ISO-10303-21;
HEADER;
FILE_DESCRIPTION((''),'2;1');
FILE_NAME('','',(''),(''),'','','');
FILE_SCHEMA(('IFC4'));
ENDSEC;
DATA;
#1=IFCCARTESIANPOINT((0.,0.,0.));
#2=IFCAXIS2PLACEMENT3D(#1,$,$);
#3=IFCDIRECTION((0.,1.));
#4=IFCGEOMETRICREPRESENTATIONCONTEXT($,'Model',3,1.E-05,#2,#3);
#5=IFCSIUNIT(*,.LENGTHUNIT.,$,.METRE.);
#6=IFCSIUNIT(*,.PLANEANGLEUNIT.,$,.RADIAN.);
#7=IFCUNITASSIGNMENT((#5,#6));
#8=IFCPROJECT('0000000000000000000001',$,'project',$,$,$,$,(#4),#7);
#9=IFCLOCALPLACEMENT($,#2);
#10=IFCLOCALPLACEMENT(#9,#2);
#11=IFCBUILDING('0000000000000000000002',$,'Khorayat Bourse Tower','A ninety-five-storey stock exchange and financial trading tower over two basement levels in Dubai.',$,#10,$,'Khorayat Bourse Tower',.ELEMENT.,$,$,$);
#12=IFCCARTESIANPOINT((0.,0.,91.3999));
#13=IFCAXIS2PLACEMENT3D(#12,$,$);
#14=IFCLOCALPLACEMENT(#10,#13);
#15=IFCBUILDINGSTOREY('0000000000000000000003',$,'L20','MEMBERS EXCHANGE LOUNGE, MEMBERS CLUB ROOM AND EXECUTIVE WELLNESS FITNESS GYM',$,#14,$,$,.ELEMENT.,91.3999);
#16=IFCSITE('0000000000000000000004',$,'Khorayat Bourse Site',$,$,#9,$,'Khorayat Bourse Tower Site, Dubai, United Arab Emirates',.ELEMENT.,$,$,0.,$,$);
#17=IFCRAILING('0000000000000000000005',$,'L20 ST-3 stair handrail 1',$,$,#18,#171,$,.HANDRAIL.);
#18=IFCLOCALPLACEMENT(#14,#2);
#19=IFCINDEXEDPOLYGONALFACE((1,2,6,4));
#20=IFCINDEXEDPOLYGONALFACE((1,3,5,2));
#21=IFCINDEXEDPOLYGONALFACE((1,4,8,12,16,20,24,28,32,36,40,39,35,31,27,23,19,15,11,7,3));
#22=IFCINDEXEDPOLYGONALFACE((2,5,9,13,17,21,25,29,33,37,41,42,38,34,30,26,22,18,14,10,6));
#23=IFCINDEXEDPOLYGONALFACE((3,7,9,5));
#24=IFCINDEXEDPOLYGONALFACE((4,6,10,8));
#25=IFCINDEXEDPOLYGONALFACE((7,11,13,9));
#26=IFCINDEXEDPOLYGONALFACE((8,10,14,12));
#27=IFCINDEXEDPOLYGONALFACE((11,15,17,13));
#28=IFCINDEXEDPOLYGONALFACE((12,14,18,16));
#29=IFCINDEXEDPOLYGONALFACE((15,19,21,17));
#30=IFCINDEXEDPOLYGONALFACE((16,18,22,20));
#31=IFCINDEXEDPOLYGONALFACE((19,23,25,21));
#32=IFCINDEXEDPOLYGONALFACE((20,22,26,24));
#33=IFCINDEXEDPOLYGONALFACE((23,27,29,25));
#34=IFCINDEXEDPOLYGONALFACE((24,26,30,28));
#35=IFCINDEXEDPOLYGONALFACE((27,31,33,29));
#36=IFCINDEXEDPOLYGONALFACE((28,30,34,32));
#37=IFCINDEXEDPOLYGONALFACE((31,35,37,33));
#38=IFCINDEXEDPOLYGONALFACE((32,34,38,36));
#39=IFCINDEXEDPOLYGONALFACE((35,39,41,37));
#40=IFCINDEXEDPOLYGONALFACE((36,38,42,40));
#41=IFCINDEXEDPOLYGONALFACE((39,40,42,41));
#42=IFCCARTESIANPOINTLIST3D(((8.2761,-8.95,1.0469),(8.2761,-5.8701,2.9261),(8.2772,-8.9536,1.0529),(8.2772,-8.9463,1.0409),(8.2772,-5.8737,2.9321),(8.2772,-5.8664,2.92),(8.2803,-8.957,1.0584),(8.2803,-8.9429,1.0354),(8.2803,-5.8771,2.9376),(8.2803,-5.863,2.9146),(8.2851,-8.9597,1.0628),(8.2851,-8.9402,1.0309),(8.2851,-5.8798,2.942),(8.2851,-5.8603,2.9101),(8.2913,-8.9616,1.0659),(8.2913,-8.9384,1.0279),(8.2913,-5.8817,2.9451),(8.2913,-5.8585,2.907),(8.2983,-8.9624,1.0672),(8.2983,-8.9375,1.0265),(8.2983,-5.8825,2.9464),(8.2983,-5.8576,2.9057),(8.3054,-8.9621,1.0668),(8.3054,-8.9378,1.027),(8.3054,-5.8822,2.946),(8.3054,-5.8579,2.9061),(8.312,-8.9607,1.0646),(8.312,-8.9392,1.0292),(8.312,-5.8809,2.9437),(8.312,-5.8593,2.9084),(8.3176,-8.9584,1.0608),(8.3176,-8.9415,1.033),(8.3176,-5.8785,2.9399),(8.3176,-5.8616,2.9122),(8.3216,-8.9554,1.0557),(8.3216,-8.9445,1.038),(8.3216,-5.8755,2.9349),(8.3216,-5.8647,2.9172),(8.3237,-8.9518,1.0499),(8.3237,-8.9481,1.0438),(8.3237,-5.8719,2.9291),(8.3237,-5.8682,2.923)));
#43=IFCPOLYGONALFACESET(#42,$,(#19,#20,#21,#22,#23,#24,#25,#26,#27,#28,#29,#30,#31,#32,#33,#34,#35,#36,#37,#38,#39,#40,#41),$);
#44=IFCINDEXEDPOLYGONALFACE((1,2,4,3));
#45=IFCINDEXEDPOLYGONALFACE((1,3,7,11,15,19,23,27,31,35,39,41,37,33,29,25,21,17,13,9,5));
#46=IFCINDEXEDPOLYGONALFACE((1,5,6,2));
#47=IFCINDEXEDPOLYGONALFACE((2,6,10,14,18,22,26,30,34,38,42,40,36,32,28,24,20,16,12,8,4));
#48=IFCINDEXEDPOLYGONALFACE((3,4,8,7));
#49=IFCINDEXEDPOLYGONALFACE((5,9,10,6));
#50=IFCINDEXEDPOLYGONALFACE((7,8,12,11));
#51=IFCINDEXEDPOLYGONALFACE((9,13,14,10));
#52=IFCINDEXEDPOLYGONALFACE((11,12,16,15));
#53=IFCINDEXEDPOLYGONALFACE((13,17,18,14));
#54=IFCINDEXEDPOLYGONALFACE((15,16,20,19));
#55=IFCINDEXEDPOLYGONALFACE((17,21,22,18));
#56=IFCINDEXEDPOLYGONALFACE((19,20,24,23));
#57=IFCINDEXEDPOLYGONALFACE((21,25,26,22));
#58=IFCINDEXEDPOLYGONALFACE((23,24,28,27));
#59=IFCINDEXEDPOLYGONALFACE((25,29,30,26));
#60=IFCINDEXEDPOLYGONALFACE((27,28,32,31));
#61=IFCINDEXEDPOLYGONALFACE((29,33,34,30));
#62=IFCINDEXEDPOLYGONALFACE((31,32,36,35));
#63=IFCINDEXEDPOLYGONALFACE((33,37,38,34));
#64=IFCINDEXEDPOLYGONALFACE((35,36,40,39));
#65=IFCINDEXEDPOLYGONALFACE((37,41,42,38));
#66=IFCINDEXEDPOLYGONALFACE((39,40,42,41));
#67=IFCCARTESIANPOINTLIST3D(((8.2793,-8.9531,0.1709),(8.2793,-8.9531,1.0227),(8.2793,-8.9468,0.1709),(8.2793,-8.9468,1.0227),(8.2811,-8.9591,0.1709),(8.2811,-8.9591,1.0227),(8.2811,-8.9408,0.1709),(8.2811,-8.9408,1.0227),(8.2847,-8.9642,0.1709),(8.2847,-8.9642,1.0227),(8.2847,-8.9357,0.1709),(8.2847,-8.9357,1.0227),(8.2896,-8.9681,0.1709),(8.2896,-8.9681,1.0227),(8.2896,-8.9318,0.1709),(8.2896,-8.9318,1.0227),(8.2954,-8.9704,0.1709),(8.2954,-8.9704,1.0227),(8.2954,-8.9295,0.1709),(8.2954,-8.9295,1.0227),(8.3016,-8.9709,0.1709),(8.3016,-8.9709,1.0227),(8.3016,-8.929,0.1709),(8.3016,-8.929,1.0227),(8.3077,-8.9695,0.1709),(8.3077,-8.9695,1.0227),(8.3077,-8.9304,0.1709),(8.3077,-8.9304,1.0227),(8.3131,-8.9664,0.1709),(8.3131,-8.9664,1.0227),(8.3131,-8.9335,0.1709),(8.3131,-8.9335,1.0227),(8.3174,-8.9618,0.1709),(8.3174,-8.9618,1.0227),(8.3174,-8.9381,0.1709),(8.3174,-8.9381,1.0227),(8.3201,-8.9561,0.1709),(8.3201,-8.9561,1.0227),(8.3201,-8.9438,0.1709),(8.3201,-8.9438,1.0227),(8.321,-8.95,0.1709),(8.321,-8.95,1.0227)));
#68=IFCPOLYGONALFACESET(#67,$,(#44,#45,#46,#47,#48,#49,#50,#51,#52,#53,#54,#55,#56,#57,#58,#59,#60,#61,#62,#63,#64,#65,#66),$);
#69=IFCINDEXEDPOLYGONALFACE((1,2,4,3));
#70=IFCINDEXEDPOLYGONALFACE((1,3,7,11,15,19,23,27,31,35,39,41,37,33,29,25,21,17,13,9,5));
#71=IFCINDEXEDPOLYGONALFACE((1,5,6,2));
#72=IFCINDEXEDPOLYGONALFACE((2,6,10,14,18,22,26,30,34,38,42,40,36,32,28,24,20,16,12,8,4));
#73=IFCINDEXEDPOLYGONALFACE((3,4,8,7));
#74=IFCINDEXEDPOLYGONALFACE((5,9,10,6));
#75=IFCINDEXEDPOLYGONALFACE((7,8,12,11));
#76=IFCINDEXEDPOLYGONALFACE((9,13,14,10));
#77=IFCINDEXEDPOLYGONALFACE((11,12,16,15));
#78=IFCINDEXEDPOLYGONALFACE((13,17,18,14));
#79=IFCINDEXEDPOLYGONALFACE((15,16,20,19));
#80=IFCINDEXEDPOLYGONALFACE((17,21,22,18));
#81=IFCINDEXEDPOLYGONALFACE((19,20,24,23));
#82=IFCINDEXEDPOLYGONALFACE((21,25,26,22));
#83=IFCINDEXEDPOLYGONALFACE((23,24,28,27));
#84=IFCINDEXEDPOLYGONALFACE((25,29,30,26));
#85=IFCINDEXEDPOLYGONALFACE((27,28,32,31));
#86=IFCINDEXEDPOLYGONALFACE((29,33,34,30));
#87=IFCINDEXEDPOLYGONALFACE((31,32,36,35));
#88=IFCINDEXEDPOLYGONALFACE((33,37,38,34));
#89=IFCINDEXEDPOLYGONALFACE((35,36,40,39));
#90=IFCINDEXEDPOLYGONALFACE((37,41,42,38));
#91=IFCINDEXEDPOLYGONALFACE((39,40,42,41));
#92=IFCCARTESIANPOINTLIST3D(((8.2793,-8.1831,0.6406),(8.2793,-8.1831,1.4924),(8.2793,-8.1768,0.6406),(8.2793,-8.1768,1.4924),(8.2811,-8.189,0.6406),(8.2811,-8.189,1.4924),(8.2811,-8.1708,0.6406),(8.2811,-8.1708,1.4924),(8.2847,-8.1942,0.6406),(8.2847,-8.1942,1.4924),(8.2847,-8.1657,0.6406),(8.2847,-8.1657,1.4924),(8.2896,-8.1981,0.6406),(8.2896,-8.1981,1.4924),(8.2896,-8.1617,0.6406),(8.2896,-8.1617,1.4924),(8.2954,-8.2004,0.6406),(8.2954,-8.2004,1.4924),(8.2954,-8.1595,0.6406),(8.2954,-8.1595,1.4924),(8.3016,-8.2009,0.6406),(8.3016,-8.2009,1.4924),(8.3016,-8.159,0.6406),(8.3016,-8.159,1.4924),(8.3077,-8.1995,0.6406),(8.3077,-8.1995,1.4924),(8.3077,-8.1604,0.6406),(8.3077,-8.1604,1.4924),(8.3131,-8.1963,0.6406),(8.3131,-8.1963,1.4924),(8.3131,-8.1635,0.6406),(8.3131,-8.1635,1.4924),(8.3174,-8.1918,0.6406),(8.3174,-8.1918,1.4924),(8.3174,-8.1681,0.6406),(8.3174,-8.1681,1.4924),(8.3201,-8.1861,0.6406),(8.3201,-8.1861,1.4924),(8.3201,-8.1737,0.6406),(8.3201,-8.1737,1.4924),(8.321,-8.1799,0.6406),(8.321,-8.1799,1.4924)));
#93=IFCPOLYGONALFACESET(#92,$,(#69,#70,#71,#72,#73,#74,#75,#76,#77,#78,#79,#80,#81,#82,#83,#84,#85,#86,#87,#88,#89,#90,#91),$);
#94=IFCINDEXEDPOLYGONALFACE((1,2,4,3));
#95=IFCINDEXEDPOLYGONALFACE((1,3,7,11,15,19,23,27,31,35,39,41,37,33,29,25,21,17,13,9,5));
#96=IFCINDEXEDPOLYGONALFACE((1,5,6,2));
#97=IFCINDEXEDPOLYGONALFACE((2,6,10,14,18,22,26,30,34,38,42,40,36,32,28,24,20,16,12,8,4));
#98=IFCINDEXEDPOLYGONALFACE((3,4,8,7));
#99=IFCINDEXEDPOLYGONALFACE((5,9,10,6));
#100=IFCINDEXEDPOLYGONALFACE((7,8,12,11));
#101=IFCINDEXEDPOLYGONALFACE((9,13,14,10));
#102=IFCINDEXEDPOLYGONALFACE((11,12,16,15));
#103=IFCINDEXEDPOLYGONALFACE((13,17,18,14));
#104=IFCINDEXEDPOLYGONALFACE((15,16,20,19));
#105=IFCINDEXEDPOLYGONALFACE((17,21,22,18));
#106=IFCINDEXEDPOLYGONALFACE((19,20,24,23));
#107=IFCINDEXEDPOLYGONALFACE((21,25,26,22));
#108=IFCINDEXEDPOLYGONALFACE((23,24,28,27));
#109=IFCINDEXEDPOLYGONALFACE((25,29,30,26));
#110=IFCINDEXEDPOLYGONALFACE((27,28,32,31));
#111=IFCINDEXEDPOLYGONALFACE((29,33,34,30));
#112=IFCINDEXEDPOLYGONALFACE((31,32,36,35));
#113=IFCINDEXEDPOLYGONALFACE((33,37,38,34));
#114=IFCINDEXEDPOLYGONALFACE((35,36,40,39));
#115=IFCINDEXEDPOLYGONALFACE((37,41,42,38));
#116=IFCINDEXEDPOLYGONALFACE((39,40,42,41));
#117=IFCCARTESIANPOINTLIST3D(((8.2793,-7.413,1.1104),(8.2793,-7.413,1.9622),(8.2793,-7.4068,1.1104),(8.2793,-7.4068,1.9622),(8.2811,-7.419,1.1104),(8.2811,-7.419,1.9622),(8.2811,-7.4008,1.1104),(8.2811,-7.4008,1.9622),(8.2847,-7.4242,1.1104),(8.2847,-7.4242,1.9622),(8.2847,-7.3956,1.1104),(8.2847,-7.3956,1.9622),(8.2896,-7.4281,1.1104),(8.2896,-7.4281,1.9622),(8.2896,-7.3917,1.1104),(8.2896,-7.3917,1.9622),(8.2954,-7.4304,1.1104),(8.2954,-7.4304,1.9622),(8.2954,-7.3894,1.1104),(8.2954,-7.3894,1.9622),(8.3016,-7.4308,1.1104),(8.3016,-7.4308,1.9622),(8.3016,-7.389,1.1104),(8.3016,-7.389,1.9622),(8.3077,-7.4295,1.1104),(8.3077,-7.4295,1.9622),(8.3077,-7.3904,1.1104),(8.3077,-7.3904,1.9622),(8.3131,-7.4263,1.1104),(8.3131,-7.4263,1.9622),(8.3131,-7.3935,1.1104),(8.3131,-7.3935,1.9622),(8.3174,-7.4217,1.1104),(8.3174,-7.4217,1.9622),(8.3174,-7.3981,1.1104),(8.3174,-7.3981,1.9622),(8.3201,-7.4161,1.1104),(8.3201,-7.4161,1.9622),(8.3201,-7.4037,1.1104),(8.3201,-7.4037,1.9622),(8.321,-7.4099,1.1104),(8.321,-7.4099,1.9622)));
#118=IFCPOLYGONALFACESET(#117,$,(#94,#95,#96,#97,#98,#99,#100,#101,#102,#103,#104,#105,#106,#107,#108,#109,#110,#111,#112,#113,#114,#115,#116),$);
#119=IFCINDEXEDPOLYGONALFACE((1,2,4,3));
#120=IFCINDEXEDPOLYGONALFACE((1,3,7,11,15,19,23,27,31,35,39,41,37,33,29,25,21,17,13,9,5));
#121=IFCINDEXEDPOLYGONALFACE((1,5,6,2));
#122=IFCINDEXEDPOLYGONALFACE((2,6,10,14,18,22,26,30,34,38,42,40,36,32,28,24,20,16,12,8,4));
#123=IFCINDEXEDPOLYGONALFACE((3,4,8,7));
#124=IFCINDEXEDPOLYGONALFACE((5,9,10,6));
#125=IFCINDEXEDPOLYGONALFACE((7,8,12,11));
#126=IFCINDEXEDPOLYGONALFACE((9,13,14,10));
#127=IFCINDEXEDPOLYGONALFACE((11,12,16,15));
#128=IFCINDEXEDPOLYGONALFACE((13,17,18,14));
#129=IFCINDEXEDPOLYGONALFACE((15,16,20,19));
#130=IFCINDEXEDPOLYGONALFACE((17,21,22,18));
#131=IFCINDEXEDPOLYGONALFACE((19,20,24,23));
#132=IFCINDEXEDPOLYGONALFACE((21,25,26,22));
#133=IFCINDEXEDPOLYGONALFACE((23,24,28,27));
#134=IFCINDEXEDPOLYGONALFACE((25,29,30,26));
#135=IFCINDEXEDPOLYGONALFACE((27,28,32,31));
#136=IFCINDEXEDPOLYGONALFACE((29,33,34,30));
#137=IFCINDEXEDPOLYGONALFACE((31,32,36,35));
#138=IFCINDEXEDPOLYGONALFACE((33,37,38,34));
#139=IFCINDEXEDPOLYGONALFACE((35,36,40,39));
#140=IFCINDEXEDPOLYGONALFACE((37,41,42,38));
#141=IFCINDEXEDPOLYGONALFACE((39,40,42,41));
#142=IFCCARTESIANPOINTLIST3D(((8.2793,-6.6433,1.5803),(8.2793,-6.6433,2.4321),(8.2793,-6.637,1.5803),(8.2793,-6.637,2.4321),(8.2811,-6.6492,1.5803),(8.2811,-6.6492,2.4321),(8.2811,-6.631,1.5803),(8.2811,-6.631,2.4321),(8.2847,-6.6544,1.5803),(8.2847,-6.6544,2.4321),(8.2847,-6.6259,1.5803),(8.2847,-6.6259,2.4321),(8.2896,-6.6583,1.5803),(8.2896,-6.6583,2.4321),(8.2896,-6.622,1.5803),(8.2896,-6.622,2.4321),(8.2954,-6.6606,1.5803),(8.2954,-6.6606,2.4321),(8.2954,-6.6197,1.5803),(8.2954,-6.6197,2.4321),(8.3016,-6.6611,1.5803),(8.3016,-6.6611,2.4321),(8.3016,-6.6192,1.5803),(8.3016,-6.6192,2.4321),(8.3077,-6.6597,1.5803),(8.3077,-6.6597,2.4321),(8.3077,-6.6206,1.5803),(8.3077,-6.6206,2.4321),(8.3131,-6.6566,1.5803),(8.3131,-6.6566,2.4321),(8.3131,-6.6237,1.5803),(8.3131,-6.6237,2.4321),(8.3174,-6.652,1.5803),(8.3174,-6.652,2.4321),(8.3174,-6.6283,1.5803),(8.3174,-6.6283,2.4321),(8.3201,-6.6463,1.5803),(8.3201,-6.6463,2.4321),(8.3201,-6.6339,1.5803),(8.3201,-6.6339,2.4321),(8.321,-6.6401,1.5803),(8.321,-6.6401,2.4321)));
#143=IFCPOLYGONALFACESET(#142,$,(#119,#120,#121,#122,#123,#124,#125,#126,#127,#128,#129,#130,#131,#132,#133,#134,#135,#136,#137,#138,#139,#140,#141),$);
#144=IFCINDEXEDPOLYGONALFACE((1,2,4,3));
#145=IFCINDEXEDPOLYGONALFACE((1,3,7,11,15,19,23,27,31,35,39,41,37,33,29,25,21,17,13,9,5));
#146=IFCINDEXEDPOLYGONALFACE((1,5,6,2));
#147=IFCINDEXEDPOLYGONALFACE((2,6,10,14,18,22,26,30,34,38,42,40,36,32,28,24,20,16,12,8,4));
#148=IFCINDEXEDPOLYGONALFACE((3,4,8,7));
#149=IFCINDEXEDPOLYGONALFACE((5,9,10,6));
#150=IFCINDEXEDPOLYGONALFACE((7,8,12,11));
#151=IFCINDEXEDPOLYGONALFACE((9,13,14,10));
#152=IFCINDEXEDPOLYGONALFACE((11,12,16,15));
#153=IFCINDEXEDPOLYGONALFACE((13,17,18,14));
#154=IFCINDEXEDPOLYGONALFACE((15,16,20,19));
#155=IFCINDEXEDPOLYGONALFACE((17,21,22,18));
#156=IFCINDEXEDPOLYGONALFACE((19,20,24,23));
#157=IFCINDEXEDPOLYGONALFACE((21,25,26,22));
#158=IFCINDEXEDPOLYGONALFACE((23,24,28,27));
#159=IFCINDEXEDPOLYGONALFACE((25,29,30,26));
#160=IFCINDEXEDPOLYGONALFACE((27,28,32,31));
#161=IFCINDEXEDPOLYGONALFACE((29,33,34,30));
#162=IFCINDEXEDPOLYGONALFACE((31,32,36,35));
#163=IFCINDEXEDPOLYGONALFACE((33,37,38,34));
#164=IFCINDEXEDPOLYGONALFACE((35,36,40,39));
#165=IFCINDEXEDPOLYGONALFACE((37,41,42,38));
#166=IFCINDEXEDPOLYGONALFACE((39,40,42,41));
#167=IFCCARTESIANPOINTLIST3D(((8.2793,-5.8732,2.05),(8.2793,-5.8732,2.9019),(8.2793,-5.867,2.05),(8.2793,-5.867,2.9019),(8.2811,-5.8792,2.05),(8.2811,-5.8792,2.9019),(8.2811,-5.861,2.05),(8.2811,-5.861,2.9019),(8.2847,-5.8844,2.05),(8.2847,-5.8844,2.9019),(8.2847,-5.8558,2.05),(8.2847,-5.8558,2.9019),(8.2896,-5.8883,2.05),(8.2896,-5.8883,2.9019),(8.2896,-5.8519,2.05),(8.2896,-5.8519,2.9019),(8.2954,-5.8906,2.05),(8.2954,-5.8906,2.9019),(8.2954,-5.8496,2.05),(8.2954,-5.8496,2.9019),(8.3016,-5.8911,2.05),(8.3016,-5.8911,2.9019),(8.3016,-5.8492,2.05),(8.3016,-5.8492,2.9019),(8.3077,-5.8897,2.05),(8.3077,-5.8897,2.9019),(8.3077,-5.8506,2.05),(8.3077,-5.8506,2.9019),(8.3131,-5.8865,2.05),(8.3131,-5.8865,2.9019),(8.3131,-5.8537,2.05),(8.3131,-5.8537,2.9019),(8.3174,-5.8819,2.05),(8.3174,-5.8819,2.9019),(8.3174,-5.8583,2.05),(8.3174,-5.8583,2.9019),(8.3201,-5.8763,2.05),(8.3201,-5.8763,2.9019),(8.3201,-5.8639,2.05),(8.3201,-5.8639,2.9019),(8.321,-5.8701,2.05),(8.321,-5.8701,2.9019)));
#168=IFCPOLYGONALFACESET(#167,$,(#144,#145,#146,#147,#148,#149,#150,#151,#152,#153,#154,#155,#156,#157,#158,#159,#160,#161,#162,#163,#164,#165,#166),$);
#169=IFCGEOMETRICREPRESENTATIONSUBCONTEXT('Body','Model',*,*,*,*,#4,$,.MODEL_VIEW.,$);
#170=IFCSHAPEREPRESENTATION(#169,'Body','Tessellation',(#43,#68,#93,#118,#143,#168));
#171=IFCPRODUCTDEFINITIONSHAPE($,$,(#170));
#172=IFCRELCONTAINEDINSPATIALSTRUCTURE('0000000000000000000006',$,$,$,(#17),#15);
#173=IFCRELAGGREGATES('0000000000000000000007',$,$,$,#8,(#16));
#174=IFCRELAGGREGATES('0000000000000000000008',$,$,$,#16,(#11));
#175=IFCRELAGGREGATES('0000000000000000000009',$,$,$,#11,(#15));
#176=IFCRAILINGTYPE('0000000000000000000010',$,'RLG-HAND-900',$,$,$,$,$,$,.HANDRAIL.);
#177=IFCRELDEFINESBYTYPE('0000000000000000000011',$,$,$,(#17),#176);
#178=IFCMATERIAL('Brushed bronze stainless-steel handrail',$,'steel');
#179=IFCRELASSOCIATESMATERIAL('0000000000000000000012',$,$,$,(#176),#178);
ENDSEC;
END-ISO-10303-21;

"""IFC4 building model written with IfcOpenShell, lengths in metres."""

from ifc_helpers import new_model, si_unit, direction, frame, origin, origin_2d, place, context, subcontext, project, spatial, circle, extrude, source, transform, mapped, material, type_object, element, save


model = new_model("IFC4")

# Units and contexts
model_context = context("Model", 3, precision=1e-05, world=origin(), true_north=direction((0.0, 1.0)))
body_context = subcontext(model_context, "Body", "Model", "MODEL_VIEW")
ifc_project = project(units=[si_unit("LENGTHUNIT", "METRE"), si_unit("PLANEANGLEUNIT", "RADIAN")], contexts=[model_context])

# Site, building, storey
site_placement = place(None, origin())
site = spatial("IfcSite", under=ifc_project, at=site_placement, Name="Khorayat Bourse Site", LongName="Khorayat Bourse Tower Site, Dubai, United Arab Emirates", CompositionType="ELEMENT", RefElevation=0.0)
building_placement = place(site_placement, origin())
building = spatial("IfcBuilding", under=site, at=building_placement, Name="Khorayat Bourse Tower", Description="A ninety-five-storey stock exchange and financial trading tower over two basement levels in Dubai.", LongName="Khorayat Bourse Tower", CompositionType="ELEMENT")
storey_placement = place(building_placement, frame((0.0, 0.0, 91.3999)))
storey = spatial("IfcBuildingStorey", under=building, at=storey_placement, Name="L20", Description="MEMBERS EXCHANGE LOUNGE, MEMBERS CLUB ROOM AND EXECUTIVE WELLNESS FITNESS GYM", CompositionType="ELEMENT", Elevation=91.3999)

# Railing
ifc_material_1 = material(Name="Brushed bronze stainless-steel handrail", Category="steel")
railing_type_1 = type_object("IfcRailingType", Name="RLG-HAND-900", PredefinedType="HANDRAIL", material=ifc_material_1)
shared_shape_1 = source(origin(), body_context, "Body", "SweptSolid", [
    extrude(circle(Radius=0.0239, at=origin_2d()), frame((0.0, 0.0, 0.876), z_axis=(0.0, 0.853648, 0.52085), x_axis=(-1.0, 0.0, 0.0)), (0.0, 0.0, 1.0), 3.6079),
    extrude(circle(Radius=0.021, at=origin_2d()), origin(), (0.0, 0.0, 1.0), 0.8518),
    extrude(circle(Radius=0.021, at=origin_2d()), frame((0.0, 0.77, 0.4697)), (0.0, 0.0, 1.0), 0.8518),
    extrude(circle(Radius=0.021, at=origin_2d()), frame((0.0, 1.54, 0.9395)), (0.0, 0.0, 1.0), 0.8518),
    extrude(circle(Radius=0.021, at=origin_2d()), frame((0.0, 2.3098, 1.4094)), (0.0, 0.0, 1.0), 0.8518),
    extrude(circle(Radius=0.021, at=origin_2d()), frame((0.0, 3.0798, 1.8792)), (0.0, 0.0, 1.0), 0.8518),
])
railing_1_placement = place(storey_placement, frame((8.3, -8.95, 0.1709)))
element("IfcRailing", 1, at=railing_1_placement, inside=storey, type_object=railing_type_1, Name="L20 ST-3 stair handrail 1", PredefinedType="HANDRAIL", context=body_context, shape_type="MappedRepresentation", body=[
    mapped(shared_shape_1, transform((0.0, 0.0, 0.0), scale=1.0)),
])

save(model, "model.ifc")
